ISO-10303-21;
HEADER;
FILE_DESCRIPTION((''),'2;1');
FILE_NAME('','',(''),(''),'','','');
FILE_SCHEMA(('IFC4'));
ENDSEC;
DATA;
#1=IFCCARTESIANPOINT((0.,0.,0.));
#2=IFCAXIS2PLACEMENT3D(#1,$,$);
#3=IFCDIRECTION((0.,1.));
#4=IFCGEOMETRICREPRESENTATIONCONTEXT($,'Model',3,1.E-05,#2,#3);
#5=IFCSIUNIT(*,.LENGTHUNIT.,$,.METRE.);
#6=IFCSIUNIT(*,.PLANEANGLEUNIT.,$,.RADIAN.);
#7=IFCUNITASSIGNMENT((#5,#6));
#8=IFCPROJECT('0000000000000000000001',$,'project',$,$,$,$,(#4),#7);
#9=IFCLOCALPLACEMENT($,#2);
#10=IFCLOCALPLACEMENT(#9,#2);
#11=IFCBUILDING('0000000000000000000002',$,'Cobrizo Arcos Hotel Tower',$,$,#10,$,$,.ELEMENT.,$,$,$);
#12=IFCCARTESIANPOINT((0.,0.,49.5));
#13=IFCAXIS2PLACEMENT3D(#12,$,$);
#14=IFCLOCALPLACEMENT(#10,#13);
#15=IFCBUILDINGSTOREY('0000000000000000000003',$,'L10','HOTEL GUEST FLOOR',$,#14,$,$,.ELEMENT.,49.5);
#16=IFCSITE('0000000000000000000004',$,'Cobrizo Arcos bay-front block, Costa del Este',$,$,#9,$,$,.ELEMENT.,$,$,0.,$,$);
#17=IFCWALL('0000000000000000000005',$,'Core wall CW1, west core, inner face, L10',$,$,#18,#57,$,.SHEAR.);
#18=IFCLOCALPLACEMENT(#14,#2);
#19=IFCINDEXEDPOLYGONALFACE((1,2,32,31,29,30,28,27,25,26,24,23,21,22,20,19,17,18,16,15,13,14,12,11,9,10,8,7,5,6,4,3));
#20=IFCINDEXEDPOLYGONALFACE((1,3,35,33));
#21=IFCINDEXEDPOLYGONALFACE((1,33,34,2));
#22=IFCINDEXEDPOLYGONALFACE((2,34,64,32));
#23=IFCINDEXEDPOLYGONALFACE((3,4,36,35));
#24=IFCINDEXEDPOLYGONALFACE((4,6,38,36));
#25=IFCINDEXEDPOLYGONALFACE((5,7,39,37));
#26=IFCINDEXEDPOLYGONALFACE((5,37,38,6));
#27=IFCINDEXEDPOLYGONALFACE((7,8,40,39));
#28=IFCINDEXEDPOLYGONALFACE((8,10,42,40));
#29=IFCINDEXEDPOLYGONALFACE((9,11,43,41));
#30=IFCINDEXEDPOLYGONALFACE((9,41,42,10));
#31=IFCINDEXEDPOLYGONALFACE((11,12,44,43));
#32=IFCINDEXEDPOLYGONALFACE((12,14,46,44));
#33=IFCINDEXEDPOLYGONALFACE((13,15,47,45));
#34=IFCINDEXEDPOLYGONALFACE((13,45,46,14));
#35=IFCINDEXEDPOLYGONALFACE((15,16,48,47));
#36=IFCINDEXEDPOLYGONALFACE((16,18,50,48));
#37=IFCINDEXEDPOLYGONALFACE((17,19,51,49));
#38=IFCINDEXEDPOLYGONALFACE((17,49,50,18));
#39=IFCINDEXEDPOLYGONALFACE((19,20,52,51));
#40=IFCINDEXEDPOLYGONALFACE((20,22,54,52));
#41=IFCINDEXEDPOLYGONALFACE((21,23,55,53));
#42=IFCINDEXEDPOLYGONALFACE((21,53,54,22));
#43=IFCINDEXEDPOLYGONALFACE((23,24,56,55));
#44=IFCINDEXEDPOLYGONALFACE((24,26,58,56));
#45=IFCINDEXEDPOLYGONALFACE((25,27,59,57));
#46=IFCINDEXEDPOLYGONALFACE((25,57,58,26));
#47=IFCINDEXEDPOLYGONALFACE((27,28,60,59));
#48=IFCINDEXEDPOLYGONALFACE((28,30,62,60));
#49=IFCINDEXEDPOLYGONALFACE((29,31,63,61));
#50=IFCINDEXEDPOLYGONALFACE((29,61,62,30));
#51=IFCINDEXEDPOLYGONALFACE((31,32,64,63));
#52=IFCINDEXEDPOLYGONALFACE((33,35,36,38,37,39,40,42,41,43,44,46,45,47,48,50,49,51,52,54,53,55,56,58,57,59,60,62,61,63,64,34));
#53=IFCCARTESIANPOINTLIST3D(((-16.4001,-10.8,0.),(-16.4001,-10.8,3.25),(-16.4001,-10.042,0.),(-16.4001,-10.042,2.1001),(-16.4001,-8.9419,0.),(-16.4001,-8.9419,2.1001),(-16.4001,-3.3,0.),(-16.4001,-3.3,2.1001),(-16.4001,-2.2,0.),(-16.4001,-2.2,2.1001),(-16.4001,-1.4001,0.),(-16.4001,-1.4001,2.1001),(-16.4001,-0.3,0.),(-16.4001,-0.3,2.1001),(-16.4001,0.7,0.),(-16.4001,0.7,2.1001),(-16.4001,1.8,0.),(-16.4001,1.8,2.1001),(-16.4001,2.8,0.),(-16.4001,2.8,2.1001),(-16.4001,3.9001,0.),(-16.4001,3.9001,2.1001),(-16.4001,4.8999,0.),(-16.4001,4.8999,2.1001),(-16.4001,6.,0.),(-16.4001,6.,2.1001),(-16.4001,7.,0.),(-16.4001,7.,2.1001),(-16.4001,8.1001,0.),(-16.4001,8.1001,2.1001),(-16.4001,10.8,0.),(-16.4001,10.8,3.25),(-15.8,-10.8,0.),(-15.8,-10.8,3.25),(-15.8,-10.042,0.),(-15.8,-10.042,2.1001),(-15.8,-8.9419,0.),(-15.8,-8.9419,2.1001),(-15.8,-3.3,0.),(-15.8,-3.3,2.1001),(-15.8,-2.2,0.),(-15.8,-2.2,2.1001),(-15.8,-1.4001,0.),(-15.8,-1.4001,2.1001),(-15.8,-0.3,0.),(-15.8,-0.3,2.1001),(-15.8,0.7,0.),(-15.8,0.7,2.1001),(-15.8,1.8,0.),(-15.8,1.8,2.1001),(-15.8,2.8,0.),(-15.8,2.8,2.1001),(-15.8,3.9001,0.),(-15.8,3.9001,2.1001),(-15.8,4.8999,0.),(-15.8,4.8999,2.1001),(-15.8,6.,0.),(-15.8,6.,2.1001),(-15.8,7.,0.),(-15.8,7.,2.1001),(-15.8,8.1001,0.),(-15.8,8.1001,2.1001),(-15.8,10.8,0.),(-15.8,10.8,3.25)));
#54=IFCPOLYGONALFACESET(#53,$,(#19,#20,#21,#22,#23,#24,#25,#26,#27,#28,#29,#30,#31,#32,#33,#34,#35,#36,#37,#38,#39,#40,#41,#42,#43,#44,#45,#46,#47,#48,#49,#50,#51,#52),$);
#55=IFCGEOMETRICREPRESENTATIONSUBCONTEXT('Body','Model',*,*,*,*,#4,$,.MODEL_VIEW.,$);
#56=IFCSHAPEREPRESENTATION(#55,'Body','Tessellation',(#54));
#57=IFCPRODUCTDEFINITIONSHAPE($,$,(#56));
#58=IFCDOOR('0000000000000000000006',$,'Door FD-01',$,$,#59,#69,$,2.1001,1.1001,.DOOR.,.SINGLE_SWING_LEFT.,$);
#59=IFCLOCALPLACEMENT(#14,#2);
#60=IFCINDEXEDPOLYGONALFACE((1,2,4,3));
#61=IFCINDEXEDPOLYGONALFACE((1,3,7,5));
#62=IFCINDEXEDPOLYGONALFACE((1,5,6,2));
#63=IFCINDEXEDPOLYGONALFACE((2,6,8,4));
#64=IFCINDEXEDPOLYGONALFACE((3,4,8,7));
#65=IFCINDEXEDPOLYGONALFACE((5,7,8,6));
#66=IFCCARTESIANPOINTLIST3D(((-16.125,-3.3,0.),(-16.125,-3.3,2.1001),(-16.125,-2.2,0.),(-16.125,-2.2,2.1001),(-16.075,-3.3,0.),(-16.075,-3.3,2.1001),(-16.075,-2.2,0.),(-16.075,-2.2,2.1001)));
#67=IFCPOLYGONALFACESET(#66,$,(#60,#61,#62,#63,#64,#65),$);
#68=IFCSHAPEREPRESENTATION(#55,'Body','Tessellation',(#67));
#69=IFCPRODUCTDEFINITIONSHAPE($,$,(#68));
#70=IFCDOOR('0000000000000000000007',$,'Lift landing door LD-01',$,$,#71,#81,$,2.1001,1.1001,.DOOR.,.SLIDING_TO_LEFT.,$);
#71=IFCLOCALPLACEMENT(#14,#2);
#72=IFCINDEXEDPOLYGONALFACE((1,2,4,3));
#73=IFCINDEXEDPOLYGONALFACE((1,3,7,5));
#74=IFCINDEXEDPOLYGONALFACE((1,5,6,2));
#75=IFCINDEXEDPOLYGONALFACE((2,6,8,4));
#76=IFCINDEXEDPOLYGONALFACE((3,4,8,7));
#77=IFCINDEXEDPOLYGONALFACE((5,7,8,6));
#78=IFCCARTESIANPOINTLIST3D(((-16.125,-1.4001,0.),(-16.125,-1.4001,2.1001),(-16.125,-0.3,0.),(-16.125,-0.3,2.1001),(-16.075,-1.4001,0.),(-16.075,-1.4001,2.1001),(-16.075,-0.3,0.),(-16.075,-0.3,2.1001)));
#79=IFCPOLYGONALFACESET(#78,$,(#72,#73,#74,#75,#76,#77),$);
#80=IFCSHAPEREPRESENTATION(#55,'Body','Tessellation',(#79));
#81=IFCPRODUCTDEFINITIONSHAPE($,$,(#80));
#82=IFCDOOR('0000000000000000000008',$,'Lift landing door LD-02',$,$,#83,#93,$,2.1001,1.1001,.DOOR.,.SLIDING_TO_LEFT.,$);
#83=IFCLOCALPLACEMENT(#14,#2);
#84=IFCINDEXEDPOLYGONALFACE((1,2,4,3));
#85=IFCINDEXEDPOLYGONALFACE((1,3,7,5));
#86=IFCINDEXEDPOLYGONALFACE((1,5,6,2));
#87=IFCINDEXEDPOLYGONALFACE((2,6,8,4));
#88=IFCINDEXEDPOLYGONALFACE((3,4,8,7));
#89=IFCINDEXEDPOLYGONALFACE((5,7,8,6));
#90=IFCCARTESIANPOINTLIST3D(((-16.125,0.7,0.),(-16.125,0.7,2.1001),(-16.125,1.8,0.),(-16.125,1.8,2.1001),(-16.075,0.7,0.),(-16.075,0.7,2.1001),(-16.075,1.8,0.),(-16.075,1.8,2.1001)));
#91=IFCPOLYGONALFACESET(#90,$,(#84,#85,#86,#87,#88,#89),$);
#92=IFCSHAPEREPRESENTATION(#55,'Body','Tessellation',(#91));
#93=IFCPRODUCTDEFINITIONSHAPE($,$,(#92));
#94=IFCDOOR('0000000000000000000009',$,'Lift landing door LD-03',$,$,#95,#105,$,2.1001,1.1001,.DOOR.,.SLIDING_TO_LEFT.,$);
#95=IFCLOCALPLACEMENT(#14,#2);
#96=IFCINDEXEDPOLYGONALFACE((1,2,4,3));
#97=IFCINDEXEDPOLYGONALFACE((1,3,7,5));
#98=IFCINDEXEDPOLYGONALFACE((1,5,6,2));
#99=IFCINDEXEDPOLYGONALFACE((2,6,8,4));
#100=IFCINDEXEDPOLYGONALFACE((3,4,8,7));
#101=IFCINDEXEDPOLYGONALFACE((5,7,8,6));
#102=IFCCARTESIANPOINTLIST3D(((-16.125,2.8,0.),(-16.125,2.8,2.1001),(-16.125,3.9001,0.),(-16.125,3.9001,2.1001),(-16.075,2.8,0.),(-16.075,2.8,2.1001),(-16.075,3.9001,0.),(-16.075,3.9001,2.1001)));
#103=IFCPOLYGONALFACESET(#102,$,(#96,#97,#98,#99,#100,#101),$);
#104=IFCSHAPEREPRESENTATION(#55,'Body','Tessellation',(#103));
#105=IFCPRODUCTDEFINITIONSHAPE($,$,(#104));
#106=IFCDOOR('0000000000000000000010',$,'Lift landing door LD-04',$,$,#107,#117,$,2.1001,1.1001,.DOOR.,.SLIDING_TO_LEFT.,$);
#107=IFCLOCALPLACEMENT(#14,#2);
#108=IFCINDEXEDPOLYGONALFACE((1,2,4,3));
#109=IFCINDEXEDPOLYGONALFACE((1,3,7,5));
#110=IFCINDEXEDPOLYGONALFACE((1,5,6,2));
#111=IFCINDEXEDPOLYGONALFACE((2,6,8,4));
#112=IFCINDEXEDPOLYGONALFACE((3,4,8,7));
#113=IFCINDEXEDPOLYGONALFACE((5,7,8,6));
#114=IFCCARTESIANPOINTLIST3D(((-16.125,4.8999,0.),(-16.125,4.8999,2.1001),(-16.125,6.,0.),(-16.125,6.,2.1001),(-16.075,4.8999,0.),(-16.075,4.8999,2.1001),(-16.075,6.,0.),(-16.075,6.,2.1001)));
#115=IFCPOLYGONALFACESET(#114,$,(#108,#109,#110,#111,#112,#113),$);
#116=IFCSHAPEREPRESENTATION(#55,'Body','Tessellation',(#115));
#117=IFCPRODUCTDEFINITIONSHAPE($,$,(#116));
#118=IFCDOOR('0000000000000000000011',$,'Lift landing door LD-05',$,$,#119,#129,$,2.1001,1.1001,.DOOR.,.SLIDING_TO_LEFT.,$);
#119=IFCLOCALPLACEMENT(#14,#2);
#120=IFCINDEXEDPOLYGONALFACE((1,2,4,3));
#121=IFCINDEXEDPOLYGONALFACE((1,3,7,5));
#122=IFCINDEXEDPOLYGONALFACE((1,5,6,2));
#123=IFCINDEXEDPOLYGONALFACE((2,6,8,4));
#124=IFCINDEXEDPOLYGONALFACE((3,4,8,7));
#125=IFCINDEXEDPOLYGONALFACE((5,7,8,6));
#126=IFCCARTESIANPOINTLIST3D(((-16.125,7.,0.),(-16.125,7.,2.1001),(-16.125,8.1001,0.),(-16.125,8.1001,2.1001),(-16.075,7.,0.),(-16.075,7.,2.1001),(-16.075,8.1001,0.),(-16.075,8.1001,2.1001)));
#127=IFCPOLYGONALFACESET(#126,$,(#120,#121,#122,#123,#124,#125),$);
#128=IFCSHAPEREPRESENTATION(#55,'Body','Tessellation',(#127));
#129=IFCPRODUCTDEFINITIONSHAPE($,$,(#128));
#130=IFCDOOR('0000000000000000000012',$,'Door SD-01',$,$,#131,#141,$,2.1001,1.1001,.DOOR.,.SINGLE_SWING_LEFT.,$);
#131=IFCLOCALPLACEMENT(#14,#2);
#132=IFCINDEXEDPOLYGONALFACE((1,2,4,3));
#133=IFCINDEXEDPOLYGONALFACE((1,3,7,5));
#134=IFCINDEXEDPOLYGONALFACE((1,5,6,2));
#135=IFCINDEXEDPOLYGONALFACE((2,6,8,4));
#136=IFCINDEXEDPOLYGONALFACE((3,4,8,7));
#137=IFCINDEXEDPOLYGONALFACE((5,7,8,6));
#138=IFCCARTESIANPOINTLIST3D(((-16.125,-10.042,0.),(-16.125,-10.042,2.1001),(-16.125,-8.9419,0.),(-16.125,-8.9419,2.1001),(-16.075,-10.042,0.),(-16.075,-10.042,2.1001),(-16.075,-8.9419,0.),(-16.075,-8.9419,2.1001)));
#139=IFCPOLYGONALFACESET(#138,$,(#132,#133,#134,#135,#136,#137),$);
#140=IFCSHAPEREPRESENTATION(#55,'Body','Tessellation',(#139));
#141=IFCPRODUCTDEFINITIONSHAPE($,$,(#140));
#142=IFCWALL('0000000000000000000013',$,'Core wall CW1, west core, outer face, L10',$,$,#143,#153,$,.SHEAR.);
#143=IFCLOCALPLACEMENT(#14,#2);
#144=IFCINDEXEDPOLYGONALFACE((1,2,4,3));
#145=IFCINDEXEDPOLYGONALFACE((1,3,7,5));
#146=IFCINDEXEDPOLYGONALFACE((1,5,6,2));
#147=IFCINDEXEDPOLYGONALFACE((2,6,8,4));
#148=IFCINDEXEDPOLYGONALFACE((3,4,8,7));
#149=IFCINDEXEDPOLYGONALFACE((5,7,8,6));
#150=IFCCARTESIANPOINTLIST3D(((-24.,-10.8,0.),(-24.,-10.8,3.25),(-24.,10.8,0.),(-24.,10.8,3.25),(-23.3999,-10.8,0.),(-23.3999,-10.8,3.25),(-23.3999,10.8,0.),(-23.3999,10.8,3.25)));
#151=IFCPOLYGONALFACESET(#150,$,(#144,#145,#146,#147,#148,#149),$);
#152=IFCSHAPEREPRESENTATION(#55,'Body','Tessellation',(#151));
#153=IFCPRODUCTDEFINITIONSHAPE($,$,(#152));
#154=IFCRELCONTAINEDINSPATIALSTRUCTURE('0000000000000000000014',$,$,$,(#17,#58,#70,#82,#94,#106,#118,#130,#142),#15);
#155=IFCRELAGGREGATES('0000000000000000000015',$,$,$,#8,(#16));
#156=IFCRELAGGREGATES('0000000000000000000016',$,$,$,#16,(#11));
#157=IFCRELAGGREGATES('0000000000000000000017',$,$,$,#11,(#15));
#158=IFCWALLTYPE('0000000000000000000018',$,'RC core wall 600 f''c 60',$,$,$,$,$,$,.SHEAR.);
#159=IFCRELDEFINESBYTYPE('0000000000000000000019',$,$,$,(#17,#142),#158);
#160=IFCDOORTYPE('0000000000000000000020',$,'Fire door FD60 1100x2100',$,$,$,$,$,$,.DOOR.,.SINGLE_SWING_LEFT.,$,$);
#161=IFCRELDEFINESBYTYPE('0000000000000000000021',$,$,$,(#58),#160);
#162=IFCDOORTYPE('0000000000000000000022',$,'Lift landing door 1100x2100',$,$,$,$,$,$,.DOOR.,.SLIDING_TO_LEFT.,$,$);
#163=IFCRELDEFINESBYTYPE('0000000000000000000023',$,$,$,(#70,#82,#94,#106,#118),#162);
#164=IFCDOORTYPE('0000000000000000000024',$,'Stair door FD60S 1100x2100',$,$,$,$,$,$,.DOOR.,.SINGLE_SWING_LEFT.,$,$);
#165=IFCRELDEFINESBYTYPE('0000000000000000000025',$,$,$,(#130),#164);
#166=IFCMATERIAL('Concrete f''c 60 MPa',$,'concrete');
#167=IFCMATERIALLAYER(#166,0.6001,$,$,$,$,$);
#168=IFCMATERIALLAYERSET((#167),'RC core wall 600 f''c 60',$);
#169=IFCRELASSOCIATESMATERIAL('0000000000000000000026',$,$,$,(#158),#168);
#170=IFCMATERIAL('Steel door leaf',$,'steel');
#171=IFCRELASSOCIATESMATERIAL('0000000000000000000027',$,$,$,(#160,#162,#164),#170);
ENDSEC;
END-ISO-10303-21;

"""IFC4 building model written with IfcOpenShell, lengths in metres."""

from ifc_helpers import new_model, si_unit, direction, frame, frame_2d, origin, place, context, subcontext, project, spatial, rectangle, extrude, material, layer, layer_set, type_object, element, fill, save


model = new_model("IFC4")

# Units and contexts
model_context = context("Model", 3, precision=1e-05, world=origin(), true_north=direction((0.0, 1.0)))
body_context = subcontext(model_context, "Body", "Model", "MODEL_VIEW")
ifc_project = project(units=[si_unit("LENGTHUNIT", "METRE"), si_unit("PLANEANGLEUNIT", "RADIAN")], contexts=[model_context])

# Site, building, storey
site_placement = place(None, origin())
site = spatial("IfcSite", under=ifc_project, at=site_placement, Name="Cobrizo Arcos bay-front block, Costa del Este", CompositionType="ELEMENT", RefElevation=0.0)
building_placement = place(site_placement, origin())
building = spatial("IfcBuilding", under=site, at=building_placement, Name="Cobrizo Arcos Hotel Tower", CompositionType="ELEMENT")
storey_placement = place(building_placement, frame((0.0, 0.0, 49.5)))
storey = spatial("IfcBuildingStorey", under=building, at=storey_placement, Name="L10", Description="HOTEL GUEST FLOOR", CompositionType="ELEMENT", Elevation=49.5)

# Wall, openings, doors
ifc_material_1 = material(Name="Concrete f'c 60 MPa", Category="concrete")
ifc_layer_1 = layer(ifc_material_1, 0.6001)
ifc_layer_set_1 = layer_set([ifc_layer_1], Name="RC core wall 600 f'c 60")
wall_type_1 = type_object("IfcWallType", Name="RC core wall 600 f'c 60", PredefinedType="SHEAR", material=ifc_layer_set_1)
wall_1_placement = place(storey_placement, frame((-16.1001, -10.8, 0.0), z_axis=(0.0, 0.0, 1.0), x_axis=(0.0, 1.0, 0.0)))
wall_1 = element("IfcWall", 1, at=wall_1_placement, inside=storey, type_object=wall_type_1, Name="Core wall CW1, west core, inner face, L10", PredefinedType="SHEAR", context=body_context, shape_type="SweptSolid", body=[
    extrude(rectangle(XDim=21.6001, YDim=0.6001, at=frame_2d((10.8, 0.0))), origin(), (0.0, 0.0, 1.0), 3.25),
])
opening_1_placement = place(wall_1_placement, frame((9.3999, 0.0, 0.0)))
opening_1 = element("IfcOpeningElement", 2, at=opening_1_placement, cuts=wall_1, PredefinedType="OPENING", context=body_context, shape_type="SweptSolid", body=[
    extrude(rectangle(XDim=1.1001, YDim=2.1001, at=frame_2d((0.55, 1.05))), frame((0.0, 0.312, 0.0), z_axis=(0.0, -1.0, 0.0), x_axis=(1.0, 0.0, 0.0)), (0.0, 0.0, 1.0), 0.624),
])
opening_2_placement = place(wall_1_placement, frame((11.5, 0.0, 0.0)))
opening_2 = element("IfcOpeningElement", 3, at=opening_2_placement, cuts=wall_1, PredefinedType="OPENING", context=body_context, shape_type="SweptSolid", body=[
    extrude(rectangle(XDim=1.1001, YDim=2.1001, at=frame_2d((0.55, 1.05))), frame((0.0, 0.312, 0.0), z_axis=(0.0, -1.0, 0.0), x_axis=(1.0, 0.0, 0.0)), (0.0, 0.0, 1.0), 0.624),
])
opening_3_placement = place(wall_1_placement, frame((13.6001, 0.0, 0.0)))
opening_3 = element("IfcOpeningElement", 4, at=opening_3_placement, cuts=wall_1, PredefinedType="OPENING", context=body_context, shape_type="SweptSolid", body=[
    extrude(rectangle(XDim=1.1001, YDim=2.1001, at=frame_2d((0.55, 1.05))), frame((0.0, 0.312, 0.0), z_axis=(0.0, -1.0, 0.0), x_axis=(1.0, 0.0, 0.0)), (0.0, 0.0, 1.0), 0.624),
])
opening_4_placement = place(wall_1_placement, frame((15.7, 0.0, 0.0)))
opening_4 = element("IfcOpeningElement", 5, at=opening_4_placement, cuts=wall_1, PredefinedType="OPENING", context=body_context, shape_type="SweptSolid", body=[
    extrude(rectangle(XDim=1.1001, YDim=2.1001, at=frame_2d((0.55, 1.05))), frame((0.0, 0.312, 0.0), z_axis=(0.0, -1.0, 0.0), x_axis=(1.0, 0.0, 0.0)), (0.0, 0.0, 1.0), 0.624),
])
opening_5_placement = place(wall_1_placement, frame((17.8, 0.0, 0.0)))
opening_5 = element("IfcOpeningElement", 6, at=opening_5_placement, cuts=wall_1, PredefinedType="OPENING", context=body_context, shape_type="SweptSolid", body=[
    extrude(rectangle(XDim=1.1001, YDim=2.1001, at=frame_2d((0.55, 1.05))), frame((0.0, 0.312, 0.0), z_axis=(0.0, -1.0, 0.0), x_axis=(1.0, 0.0, 0.0)), (0.0, 0.0, 1.0), 0.624),
])
opening_6_placement = place(wall_1_placement, frame((0.7581, 0.0, 0.0)))
opening_6 = element("IfcOpeningElement", 7, at=opening_6_placement, cuts=wall_1, PredefinedType="OPENING", context=body_context, shape_type="SweptSolid", body=[
    extrude(rectangle(XDim=1.1001, YDim=2.1001, at=frame_2d((0.55, 1.05))), frame((0.0, 0.312, 0.0), z_axis=(0.0, -1.0, 0.0), x_axis=(1.0, 0.0, 0.0)), (0.0, 0.0, 1.0), 0.624),
])
opening_7_placement = place(wall_1_placement, frame((7.5, 0.0, 0.0)))
opening_7 = element("IfcOpeningElement", 8, at=opening_7_placement, cuts=wall_1, PredefinedType="OPENING", context=body_context, shape_type="SweptSolid", body=[
    extrude(rectangle(XDim=1.1001, YDim=2.1001, at=frame_2d((0.55, 1.05))), frame((0.0, 0.312, 0.0), z_axis=(0.0, -1.0, 0.0), x_axis=(1.0, 0.0, 0.0)), (0.0, 0.0, 1.0), 0.624),
])
ifc_material_2 = material(Name="Steel door leaf", Category="steel")
door_type_1 = type_object("IfcDoorType", Name="Fire door FD60 1100x2100", OperationType="SINGLE_SWING_LEFT", PredefinedType="DOOR", material=ifc_material_2)
door_1_placement = place(opening_7_placement, origin())
door_1 = element("IfcDoor", 9, at=door_1_placement, inside=storey, type_object=door_type_1, Name="Door FD-01", OperationType="SINGLE_SWING_LEFT", OverallHeight=2.1001, OverallWidth=1.1001, PredefinedType="DOOR", context=body_context, shape_type="SweptSolid", body=[
    extrude(rectangle(XDim=1.1001, YDim=2.1001, at=frame_2d((0.55, 1.05))), frame((0.0, 0.0249, 0.0), z_axis=(0.0, -1.0, 0.0), x_axis=(1.0, 0.0, 0.0)), (0.0, 0.0, 1.0), 0.05),
])
fill(opening_7, door_1)
door_type_2 = type_object("IfcDoorType", Name="Lift landing door 1100x2100", OperationType="SLIDING_TO_LEFT", PredefinedType="DOOR", material=ifc_material_2)
door_2_placement = place(opening_1_placement, origin())
door_2 = element("IfcDoor", 10, at=door_2_placement, inside=storey, type_object=door_type_2, Name="Lift landing door LD-01", OperationType="SLIDING_TO_LEFT", OverallHeight=2.1001, OverallWidth=1.1001, PredefinedType="DOOR", context=body_context, shape_type="SweptSolid", body=[
    extrude(rectangle(XDim=1.1001, YDim=2.1001, at=frame_2d((0.55, 1.05))), frame((0.0, 0.0249, 0.0), z_axis=(0.0, -1.0, 0.0), x_axis=(1.0, 0.0, 0.0)), (0.0, 0.0, 1.0), 0.05),
])
fill(opening_1, door_2)
door_3_placement = place(opening_2_placement, origin())
door_3 = element("IfcDoor", 11, at=door_3_placement, inside=storey, type_object=door_type_2, Name="Lift landing door LD-02", OperationType="SLIDING_TO_LEFT", OverallHeight=2.1001, OverallWidth=1.1001, PredefinedType="DOOR", context=body_context, shape_type="SweptSolid", body=[
    extrude(rectangle(XDim=1.1001, YDim=2.1001, at=frame_2d((0.55, 1.05))), frame((0.0, 0.0249, 0.0), z_axis=(0.0, -1.0, 0.0), x_axis=(1.0, 0.0, 0.0)), (0.0, 0.0, 1.0), 0.05),
])
fill(opening_2, door_3)
door_4_placement = place(opening_3_placement, origin())
door_4 = element("IfcDoor", 12, at=door_4_placement, inside=storey, type_object=door_type_2, Name="Lift landing door LD-03", OperationType="SLIDING_TO_LEFT", OverallHeight=2.1001, OverallWidth=1.1001, PredefinedType="DOOR", context=body_context, shape_type="SweptSolid", body=[
    extrude(rectangle(XDim=1.1001, YDim=2.1001, at=frame_2d((0.55, 1.05))), frame((0.0, 0.0249, 0.0), z_axis=(0.0, -1.0, 0.0), x_axis=(1.0, 0.0, 0.0)), (0.0, 0.0, 1.0), 0.05),
])
fill(opening_3, door_4)
door_5_placement = place(opening_4_placement, origin())
door_5 = element("IfcDoor", 13, at=door_5_placement, inside=storey, type_object=door_type_2, Name="Lift landing door LD-04", OperationType="SLIDING_TO_LEFT", OverallHeight=2.1001, OverallWidth=1.1001, PredefinedType="DOOR", context=body_context, shape_type="SweptSolid", body=[
    extrude(rectangle(XDim=1.1001, YDim=2.1001, at=frame_2d((0.55, 1.05))), frame((0.0, 0.0249, 0.0), z_axis=(0.0, -1.0, 0.0), x_axis=(1.0, 0.0, 0.0)), (0.0, 0.0, 1.0), 0.05),
])
fill(opening_4, door_5)
door_6_placement = place(opening_5_placement, origin())
door_6 = element("IfcDoor", 14, at=door_6_placement, inside=storey, type_object=door_type_2, Name="Lift landing door LD-05", OperationType="SLIDING_TO_LEFT", OverallHeight=2.1001, OverallWidth=1.1001, PredefinedType="DOOR", context=body_context, shape_type="SweptSolid", body=[
    extrude(rectangle(XDim=1.1001, YDim=2.1001, at=frame_2d((0.55, 1.05))), frame((0.0, 0.0249, 0.0), z_axis=(0.0, -1.0, 0.0), x_axis=(1.0, 0.0, 0.0)), (0.0, 0.0, 1.0), 0.05),
])
fill(opening_5, door_6)
door_type_3 = type_object("IfcDoorType", Name="Stair door FD60S 1100x2100", OperationType="SINGLE_SWING_LEFT", PredefinedType="DOOR", material=ifc_material_2)
door_7_placement = place(opening_6_placement, origin())
door_7 = element("IfcDoor", 15, at=door_7_placement, inside=storey, type_object=door_type_3, Name="Door SD-01", OperationType="SINGLE_SWING_LEFT", OverallHeight=2.1001, OverallWidth=1.1001, PredefinedType="DOOR", context=body_context, shape_type="SweptSolid", body=[
    extrude(rectangle(XDim=1.1001, YDim=2.1001, at=frame_2d((0.55, 1.05))), frame((0.0, 0.0249, 0.0), z_axis=(0.0, -1.0, 0.0), x_axis=(1.0, 0.0, 0.0)), (0.0, 0.0, 1.0), 0.05),
])
fill(opening_6, door_7)

# Wall
wall_2_placement = place(storey_placement, frame((-23.7, -10.8, 0.0), z_axis=(0.0, 0.0, 1.0), x_axis=(0.0, 1.0, 0.0)))
element("IfcWall", 16, at=wall_2_placement, inside=storey, type_object=wall_type_1, Name="Core wall CW1, west core, outer face, L10", PredefinedType="SHEAR", context=body_context, shape_type="SweptSolid", body=[
    extrude(rectangle(XDim=21.6001, YDim=0.6001, at=frame_2d((10.8, 0.0))), origin(), (0.0, 0.0, 1.0), 3.25),
])

save(model, "model.ifc")
